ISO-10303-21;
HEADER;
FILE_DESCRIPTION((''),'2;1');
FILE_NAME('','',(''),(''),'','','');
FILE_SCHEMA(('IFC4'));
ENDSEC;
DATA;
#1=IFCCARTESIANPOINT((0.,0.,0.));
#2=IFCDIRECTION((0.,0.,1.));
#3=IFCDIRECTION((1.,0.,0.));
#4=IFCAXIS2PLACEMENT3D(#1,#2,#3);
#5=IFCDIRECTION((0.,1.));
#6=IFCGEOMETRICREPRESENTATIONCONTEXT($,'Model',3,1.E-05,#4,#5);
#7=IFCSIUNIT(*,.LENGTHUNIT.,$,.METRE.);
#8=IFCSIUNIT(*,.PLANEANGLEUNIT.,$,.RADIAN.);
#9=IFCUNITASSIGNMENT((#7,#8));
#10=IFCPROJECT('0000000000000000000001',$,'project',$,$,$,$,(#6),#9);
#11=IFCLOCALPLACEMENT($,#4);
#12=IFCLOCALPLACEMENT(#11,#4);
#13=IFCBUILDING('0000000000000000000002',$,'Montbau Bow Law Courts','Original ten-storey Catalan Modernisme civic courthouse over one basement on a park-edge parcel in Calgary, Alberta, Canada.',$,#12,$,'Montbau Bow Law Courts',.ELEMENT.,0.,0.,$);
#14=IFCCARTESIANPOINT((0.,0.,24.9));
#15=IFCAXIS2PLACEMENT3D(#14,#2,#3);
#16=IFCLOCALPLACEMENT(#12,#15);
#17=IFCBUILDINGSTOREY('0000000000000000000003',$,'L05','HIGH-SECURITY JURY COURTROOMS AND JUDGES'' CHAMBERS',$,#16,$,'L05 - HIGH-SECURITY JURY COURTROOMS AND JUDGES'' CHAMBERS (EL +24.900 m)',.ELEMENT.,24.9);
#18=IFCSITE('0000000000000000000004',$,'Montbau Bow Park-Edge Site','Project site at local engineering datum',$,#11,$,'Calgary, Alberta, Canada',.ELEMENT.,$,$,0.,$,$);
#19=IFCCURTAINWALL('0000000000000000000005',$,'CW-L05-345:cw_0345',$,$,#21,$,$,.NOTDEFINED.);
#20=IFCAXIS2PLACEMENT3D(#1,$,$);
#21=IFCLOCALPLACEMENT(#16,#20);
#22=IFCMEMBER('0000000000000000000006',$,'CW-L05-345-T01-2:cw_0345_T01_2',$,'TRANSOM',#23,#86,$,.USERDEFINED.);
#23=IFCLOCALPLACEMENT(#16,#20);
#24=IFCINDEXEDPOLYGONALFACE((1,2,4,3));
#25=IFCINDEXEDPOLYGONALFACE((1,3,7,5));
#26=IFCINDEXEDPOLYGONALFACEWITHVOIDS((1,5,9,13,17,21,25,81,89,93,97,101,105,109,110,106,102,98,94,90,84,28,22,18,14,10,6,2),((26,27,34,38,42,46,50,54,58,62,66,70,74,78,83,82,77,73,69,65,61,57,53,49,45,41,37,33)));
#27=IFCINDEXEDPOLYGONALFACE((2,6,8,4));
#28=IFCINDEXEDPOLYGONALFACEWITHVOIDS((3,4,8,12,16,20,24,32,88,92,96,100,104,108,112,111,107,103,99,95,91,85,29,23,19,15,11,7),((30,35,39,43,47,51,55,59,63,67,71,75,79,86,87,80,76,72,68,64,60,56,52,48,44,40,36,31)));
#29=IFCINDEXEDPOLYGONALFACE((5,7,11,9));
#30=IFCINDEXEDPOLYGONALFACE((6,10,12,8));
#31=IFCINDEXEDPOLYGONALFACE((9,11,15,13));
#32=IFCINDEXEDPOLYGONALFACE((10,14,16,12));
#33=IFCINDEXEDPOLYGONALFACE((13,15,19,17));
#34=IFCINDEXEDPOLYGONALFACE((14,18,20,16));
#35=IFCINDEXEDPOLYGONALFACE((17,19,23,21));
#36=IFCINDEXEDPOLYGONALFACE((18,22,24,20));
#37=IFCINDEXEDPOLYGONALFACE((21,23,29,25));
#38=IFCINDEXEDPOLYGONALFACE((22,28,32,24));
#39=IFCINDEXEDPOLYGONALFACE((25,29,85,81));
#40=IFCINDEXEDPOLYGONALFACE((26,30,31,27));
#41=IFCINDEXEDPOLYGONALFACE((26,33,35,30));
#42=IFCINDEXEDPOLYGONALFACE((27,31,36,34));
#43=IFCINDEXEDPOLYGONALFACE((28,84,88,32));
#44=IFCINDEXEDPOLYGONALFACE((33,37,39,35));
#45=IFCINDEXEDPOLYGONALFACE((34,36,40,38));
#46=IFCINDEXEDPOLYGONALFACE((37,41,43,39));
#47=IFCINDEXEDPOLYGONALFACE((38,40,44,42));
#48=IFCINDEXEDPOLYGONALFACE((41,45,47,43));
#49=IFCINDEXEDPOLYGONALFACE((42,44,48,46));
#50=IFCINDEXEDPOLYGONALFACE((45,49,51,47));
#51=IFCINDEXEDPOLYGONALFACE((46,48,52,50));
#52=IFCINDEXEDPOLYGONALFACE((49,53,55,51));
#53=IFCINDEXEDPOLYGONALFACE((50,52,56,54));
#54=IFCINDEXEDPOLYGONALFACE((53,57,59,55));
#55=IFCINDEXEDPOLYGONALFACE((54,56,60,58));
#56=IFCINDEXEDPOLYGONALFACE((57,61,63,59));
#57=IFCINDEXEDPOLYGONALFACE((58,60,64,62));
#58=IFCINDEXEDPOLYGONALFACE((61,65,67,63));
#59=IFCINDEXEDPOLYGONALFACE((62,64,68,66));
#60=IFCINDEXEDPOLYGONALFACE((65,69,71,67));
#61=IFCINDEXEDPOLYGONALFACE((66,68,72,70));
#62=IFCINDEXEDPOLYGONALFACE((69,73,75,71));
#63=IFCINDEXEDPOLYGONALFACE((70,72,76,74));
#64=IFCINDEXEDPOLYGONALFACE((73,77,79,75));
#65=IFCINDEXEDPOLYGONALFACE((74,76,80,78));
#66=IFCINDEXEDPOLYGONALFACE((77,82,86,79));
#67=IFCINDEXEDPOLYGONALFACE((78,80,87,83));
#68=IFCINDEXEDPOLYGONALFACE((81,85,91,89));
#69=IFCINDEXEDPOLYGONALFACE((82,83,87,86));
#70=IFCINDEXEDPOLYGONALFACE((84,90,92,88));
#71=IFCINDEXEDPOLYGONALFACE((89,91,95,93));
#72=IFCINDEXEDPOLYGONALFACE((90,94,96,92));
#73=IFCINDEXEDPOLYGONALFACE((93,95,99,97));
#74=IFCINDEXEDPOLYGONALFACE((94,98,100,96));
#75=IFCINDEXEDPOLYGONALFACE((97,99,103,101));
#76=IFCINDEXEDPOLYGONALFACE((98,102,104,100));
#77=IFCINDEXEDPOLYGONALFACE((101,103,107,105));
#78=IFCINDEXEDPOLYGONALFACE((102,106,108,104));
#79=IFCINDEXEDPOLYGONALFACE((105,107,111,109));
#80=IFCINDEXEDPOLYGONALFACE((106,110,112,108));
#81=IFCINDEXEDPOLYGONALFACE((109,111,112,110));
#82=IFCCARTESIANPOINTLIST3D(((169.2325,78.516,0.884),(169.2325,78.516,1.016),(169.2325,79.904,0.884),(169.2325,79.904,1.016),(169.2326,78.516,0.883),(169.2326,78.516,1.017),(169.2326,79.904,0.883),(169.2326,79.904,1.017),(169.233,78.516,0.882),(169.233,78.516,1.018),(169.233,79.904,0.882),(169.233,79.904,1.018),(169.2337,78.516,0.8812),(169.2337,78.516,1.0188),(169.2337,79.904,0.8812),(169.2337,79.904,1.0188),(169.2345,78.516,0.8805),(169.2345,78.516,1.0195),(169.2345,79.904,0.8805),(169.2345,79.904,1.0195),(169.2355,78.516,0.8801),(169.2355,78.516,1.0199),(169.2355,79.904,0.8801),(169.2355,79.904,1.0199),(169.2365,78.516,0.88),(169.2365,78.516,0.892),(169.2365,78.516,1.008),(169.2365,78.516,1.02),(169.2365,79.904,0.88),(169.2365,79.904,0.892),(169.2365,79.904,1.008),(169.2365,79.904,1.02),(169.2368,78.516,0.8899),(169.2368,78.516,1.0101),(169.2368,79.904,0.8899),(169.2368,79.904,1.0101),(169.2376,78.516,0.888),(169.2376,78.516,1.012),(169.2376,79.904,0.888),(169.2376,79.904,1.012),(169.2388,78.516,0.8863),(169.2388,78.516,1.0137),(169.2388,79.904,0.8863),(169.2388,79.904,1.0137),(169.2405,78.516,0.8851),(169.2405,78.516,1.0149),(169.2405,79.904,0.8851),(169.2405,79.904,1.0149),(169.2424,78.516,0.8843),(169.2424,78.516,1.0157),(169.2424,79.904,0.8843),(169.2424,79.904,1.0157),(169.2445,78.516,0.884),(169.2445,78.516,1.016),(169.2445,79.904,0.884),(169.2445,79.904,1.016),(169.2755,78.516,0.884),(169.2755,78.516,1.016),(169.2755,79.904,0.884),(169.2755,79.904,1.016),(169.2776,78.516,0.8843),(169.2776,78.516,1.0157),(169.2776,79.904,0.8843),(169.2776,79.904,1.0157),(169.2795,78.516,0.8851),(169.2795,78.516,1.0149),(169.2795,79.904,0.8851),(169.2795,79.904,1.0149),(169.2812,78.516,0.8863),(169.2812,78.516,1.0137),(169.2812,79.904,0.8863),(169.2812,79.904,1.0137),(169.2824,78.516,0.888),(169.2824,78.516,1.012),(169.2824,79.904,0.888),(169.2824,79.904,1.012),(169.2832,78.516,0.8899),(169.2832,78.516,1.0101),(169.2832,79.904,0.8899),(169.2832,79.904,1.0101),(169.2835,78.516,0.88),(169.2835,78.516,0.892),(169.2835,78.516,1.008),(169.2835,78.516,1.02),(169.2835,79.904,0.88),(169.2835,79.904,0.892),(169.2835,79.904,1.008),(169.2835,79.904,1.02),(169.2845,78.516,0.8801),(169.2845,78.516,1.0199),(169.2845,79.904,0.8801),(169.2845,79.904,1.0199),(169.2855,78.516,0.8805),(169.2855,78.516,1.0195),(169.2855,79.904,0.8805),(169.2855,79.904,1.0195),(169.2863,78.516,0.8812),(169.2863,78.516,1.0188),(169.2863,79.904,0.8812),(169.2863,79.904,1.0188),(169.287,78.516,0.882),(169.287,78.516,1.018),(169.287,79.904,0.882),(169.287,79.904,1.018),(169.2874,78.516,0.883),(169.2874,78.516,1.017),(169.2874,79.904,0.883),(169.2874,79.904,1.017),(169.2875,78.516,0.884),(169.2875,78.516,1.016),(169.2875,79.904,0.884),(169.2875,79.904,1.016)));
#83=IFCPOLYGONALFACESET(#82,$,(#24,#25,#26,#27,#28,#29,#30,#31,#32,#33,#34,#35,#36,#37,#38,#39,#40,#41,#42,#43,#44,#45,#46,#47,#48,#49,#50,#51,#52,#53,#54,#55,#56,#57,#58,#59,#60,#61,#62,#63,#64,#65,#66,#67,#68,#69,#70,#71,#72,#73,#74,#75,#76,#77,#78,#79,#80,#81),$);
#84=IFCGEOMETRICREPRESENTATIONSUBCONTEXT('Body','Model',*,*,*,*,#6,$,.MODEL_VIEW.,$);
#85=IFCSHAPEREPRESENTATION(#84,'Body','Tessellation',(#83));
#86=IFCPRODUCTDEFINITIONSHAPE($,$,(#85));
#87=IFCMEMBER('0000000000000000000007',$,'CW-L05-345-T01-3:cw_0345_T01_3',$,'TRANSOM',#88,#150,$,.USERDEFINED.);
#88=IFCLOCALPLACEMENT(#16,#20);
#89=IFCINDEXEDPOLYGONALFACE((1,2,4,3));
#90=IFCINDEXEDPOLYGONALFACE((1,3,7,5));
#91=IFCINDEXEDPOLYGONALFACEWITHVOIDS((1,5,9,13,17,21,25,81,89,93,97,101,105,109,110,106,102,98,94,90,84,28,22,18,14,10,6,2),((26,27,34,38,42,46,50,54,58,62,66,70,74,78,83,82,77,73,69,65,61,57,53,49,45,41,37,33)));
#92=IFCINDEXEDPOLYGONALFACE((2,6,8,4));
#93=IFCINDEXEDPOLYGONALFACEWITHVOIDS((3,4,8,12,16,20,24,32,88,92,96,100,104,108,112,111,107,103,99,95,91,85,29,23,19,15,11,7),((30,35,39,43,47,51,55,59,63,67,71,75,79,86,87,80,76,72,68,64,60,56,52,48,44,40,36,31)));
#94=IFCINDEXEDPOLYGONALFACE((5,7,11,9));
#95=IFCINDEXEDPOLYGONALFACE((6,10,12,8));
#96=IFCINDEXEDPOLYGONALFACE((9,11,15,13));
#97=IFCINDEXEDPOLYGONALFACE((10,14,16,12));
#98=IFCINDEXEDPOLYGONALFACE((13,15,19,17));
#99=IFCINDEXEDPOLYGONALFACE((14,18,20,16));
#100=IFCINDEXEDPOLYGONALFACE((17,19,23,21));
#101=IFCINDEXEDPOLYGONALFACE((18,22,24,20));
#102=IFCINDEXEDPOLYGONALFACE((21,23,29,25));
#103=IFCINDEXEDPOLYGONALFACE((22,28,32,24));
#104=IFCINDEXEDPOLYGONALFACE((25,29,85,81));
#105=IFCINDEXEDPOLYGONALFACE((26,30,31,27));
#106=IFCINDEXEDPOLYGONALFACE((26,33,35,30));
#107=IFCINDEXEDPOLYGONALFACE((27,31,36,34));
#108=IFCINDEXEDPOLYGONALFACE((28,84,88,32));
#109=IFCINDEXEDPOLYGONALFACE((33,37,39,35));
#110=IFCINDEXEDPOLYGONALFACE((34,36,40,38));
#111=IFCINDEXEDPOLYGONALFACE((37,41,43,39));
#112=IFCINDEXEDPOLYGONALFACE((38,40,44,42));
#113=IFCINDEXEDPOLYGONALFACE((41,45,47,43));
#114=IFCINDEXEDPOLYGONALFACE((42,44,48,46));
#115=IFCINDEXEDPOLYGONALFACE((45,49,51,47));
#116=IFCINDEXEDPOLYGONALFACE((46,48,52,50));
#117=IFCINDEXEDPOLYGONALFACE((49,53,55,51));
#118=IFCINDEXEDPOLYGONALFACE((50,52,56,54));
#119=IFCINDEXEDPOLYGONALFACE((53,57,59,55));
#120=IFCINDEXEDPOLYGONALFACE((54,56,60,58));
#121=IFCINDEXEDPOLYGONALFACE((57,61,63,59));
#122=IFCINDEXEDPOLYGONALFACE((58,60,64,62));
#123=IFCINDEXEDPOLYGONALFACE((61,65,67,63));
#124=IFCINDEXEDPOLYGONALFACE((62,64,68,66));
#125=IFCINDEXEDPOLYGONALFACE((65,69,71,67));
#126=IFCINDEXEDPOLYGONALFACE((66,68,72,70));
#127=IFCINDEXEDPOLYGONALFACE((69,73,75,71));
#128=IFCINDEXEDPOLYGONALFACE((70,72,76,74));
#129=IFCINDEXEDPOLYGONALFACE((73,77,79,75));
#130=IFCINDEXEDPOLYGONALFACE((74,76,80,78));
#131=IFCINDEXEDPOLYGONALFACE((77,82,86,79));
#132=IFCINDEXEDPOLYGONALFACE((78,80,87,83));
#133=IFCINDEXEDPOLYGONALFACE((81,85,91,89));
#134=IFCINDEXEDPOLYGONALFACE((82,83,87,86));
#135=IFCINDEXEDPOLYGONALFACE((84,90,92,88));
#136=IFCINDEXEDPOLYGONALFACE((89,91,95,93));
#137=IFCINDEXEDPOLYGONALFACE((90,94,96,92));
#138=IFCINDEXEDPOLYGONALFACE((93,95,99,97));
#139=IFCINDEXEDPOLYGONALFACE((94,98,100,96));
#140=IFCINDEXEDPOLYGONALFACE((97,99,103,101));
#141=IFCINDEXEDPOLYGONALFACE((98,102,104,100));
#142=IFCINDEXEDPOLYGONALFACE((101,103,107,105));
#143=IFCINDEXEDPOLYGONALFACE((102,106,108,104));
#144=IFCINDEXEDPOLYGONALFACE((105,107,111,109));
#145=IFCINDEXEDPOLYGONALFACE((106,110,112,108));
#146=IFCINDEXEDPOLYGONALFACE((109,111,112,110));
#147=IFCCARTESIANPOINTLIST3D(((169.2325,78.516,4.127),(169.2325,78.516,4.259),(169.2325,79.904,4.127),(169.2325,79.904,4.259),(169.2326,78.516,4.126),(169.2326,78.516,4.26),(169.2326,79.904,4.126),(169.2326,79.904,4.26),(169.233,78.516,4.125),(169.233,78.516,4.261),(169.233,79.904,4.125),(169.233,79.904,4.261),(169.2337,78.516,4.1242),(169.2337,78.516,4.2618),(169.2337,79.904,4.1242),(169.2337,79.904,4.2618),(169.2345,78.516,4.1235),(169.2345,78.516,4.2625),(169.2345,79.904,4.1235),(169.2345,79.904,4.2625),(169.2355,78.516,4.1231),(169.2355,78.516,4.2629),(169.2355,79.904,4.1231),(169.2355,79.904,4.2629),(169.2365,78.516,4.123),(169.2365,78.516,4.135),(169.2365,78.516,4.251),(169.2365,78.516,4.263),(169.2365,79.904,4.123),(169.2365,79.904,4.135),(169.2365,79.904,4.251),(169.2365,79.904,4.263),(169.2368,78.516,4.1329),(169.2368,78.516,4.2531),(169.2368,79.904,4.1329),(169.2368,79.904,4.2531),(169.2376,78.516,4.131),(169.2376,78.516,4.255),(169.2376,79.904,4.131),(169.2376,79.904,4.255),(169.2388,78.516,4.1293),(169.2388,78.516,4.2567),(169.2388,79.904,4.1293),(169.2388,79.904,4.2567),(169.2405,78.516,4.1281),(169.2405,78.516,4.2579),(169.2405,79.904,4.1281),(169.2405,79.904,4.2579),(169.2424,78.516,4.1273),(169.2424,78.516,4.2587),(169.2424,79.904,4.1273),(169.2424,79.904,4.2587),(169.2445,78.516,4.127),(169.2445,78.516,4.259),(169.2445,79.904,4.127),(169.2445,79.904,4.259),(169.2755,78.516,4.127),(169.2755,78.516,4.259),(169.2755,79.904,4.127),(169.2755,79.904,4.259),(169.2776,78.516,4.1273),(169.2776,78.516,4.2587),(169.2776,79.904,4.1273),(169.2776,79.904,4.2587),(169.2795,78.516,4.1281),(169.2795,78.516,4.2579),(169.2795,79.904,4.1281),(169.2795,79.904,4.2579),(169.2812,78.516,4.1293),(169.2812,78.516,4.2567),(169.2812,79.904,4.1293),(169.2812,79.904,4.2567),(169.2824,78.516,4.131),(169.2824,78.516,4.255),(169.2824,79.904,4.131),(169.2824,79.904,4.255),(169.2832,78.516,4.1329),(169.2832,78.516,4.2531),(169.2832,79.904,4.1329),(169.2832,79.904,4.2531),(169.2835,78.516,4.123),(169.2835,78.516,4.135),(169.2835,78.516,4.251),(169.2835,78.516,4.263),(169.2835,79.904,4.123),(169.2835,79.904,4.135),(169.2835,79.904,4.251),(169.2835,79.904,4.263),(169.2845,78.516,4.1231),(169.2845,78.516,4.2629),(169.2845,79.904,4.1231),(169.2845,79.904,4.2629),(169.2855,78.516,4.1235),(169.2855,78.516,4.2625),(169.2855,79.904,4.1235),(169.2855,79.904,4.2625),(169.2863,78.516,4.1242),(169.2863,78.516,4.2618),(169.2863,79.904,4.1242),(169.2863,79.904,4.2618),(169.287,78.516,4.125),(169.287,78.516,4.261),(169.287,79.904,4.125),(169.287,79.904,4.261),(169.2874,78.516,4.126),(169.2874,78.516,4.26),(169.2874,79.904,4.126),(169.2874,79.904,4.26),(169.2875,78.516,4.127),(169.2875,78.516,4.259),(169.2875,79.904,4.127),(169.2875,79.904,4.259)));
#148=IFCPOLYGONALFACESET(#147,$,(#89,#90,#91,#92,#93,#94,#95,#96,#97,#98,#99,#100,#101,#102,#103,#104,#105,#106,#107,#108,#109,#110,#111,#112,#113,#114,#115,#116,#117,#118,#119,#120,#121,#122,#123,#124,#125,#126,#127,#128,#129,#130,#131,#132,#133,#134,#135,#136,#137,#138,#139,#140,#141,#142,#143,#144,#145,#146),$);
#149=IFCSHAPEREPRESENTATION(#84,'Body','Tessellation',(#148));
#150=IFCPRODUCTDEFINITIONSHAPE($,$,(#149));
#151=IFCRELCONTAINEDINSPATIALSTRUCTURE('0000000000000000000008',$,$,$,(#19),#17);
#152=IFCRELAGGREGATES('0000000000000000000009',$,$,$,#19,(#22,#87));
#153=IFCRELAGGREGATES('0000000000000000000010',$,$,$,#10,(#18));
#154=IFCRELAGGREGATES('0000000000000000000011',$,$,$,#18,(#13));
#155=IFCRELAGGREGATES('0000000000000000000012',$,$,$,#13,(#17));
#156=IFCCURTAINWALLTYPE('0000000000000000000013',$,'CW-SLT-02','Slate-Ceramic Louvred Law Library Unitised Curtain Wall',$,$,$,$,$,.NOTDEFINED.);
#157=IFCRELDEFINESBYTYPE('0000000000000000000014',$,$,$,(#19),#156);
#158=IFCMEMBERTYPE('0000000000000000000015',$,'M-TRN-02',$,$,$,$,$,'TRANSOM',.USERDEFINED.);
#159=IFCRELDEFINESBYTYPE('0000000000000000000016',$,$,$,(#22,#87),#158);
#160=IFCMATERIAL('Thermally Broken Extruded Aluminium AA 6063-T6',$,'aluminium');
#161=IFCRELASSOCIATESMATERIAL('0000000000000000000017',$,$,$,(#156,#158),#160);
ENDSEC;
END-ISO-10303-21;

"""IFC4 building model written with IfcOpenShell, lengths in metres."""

from ifc_helpers import new_model, si_unit, direction, frame, origin_with_axes, origin_2d_with_axis, place, context, subcontext, project, spatial, hollow_rectangle, extrude, material, material_profile, profile_set, type_object, element, aggregate, save


model = new_model("IFC4")

# Units and contexts
model_context = context("Model", 3, precision=1e-05, world=origin_with_axes(), true_north=direction((0.0, 1.0)))
body_context = subcontext(model_context, "Body", "Model", "MODEL_VIEW")
ifc_project = project(units=[si_unit("LENGTHUNIT", "METRE"), si_unit("PLANEANGLEUNIT", "RADIAN")], contexts=[model_context])

# Site, building, storey
site_placement = place(None, origin_with_axes())
site = spatial("IfcSite", under=ifc_project, at=site_placement, Name="Montbau Bow Park-Edge Site", Description="Project site at local engineering datum", LongName="Calgary, Alberta, Canada", CompositionType="ELEMENT", RefElevation=0.0)
building_placement = place(site_placement, origin_with_axes())
building = spatial("IfcBuilding", under=site, at=building_placement, Name="Montbau Bow Law Courts", Description="Original ten-storey Catalan Modernisme civic courthouse over one basement on a park-edge parcel in Calgary, Alberta, Canada.", LongName="Montbau Bow Law Courts", CompositionType="ELEMENT", ElevationOfRefHeight=0.0, ElevationOfTerrain=0.0)
storey_placement = place(building_placement, frame((0.0, 0.0, 24.9), z_axis=(0.0, 0.0, 1.0), x_axis=(1.0, 0.0, 0.0)))
storey = spatial("IfcBuildingStorey", under=building, at=storey_placement, Name="L05", Description="HIGH-SECURITY JURY COURTROOMS AND JUDGES' CHAMBERS", LongName="L05 - HIGH-SECURITY JURY COURTROOMS AND JUDGES' CHAMBERS (EL +24.900 m)", CompositionType="ELEMENT", Elevation=24.9)

# Curtain wall, members
ifc_material_1 = material(Name="Thermally Broken Extruded Aluminium AA 6063-T6", Category="aluminium")
curtain_wall_type = type_object("IfcCurtainWallType", Name="CW-SLT-02", Description="Slate-Ceramic Louvred Law Library Unitised Curtain Wall", PredefinedType="NOTDEFINED", material=ifc_material_1)
curtain_wall_placement = place(None, frame((169.26, 78.44, 24.9), z_axis=(0.0, 0.0, 1.0), x_axis=(1.0, 0.0, 0.0)))
curtain_wall = element("IfcCurtainWall", 1, at=curtain_wall_placement, inside=storey, type_object=curtain_wall_type, Name="CW-L05-345:cw_0345", PredefinedType="NOTDEFINED")
ifc_material_profile_1 = material_profile(ifc_material_1, hollow_rectangle(XDim=0.055, YDim=0.14, WallThickness=0.004, InnerFilletRadius=0.008, OuterFilletRadius=0.004, at=origin_2d_with_axis()), Name="CWT-140X55", Category="Main", Priority=0)
ifc_profile_set_1 = profile_set([ifc_material_profile_1], Name="Thermally Broken Extruded Aluminium AA 6063-T6")
member_type_1 = type_object("IfcMemberType", Name="M-TRN-02", ElementType="TRANSOM", PredefinedType="USERDEFINED", material=ifc_profile_set_1)
member_1_placement = place(None, frame((169.26, 78.516, 25.85), z_axis=(0.0, 1.0, 0.0), x_axis=(-1.0, 0.0, 0.0)))
member_1 = element("IfcMember", 2, at=member_1_placement, type_object=member_type_1, Name="CW-L05-345-T01-2:cw_0345_T01_2", ObjectType="TRANSOM", PredefinedType="USERDEFINED", context=body_context, shape_type="SweptSolid", body=[
    extrude(hollow_rectangle(XDim=0.055, YDim=0.14, WallThickness=0.004, InnerFilletRadius=0.008, OuterFilletRadius=0.004, at=origin_2d_with_axis()), origin_with_axes(), (0.0, 0.0, 1.0), 1.388),
])
member_2_placement = place(None, frame((169.26, 78.516, 29.093), z_axis=(0.0, 1.0, 0.0), x_axis=(-1.0, 0.0, 0.0)))
member_2 = element("IfcMember", 3, at=member_2_placement, type_object=member_type_1, Name="CW-L05-345-T01-3:cw_0345_T01_3", ObjectType="TRANSOM", PredefinedType="USERDEFINED", context=body_context, shape_type="SweptSolid", body=[
    extrude(hollow_rectangle(XDim=0.055, YDim=0.14, WallThickness=0.004, InnerFilletRadius=0.008, OuterFilletRadius=0.004, at=origin_2d_with_axis()), origin_with_axes(), (0.0, 0.0, 1.0), 1.388),
])
aggregate(curtain_wall, [member_1, member_2])

save(model, "model.ifc")
